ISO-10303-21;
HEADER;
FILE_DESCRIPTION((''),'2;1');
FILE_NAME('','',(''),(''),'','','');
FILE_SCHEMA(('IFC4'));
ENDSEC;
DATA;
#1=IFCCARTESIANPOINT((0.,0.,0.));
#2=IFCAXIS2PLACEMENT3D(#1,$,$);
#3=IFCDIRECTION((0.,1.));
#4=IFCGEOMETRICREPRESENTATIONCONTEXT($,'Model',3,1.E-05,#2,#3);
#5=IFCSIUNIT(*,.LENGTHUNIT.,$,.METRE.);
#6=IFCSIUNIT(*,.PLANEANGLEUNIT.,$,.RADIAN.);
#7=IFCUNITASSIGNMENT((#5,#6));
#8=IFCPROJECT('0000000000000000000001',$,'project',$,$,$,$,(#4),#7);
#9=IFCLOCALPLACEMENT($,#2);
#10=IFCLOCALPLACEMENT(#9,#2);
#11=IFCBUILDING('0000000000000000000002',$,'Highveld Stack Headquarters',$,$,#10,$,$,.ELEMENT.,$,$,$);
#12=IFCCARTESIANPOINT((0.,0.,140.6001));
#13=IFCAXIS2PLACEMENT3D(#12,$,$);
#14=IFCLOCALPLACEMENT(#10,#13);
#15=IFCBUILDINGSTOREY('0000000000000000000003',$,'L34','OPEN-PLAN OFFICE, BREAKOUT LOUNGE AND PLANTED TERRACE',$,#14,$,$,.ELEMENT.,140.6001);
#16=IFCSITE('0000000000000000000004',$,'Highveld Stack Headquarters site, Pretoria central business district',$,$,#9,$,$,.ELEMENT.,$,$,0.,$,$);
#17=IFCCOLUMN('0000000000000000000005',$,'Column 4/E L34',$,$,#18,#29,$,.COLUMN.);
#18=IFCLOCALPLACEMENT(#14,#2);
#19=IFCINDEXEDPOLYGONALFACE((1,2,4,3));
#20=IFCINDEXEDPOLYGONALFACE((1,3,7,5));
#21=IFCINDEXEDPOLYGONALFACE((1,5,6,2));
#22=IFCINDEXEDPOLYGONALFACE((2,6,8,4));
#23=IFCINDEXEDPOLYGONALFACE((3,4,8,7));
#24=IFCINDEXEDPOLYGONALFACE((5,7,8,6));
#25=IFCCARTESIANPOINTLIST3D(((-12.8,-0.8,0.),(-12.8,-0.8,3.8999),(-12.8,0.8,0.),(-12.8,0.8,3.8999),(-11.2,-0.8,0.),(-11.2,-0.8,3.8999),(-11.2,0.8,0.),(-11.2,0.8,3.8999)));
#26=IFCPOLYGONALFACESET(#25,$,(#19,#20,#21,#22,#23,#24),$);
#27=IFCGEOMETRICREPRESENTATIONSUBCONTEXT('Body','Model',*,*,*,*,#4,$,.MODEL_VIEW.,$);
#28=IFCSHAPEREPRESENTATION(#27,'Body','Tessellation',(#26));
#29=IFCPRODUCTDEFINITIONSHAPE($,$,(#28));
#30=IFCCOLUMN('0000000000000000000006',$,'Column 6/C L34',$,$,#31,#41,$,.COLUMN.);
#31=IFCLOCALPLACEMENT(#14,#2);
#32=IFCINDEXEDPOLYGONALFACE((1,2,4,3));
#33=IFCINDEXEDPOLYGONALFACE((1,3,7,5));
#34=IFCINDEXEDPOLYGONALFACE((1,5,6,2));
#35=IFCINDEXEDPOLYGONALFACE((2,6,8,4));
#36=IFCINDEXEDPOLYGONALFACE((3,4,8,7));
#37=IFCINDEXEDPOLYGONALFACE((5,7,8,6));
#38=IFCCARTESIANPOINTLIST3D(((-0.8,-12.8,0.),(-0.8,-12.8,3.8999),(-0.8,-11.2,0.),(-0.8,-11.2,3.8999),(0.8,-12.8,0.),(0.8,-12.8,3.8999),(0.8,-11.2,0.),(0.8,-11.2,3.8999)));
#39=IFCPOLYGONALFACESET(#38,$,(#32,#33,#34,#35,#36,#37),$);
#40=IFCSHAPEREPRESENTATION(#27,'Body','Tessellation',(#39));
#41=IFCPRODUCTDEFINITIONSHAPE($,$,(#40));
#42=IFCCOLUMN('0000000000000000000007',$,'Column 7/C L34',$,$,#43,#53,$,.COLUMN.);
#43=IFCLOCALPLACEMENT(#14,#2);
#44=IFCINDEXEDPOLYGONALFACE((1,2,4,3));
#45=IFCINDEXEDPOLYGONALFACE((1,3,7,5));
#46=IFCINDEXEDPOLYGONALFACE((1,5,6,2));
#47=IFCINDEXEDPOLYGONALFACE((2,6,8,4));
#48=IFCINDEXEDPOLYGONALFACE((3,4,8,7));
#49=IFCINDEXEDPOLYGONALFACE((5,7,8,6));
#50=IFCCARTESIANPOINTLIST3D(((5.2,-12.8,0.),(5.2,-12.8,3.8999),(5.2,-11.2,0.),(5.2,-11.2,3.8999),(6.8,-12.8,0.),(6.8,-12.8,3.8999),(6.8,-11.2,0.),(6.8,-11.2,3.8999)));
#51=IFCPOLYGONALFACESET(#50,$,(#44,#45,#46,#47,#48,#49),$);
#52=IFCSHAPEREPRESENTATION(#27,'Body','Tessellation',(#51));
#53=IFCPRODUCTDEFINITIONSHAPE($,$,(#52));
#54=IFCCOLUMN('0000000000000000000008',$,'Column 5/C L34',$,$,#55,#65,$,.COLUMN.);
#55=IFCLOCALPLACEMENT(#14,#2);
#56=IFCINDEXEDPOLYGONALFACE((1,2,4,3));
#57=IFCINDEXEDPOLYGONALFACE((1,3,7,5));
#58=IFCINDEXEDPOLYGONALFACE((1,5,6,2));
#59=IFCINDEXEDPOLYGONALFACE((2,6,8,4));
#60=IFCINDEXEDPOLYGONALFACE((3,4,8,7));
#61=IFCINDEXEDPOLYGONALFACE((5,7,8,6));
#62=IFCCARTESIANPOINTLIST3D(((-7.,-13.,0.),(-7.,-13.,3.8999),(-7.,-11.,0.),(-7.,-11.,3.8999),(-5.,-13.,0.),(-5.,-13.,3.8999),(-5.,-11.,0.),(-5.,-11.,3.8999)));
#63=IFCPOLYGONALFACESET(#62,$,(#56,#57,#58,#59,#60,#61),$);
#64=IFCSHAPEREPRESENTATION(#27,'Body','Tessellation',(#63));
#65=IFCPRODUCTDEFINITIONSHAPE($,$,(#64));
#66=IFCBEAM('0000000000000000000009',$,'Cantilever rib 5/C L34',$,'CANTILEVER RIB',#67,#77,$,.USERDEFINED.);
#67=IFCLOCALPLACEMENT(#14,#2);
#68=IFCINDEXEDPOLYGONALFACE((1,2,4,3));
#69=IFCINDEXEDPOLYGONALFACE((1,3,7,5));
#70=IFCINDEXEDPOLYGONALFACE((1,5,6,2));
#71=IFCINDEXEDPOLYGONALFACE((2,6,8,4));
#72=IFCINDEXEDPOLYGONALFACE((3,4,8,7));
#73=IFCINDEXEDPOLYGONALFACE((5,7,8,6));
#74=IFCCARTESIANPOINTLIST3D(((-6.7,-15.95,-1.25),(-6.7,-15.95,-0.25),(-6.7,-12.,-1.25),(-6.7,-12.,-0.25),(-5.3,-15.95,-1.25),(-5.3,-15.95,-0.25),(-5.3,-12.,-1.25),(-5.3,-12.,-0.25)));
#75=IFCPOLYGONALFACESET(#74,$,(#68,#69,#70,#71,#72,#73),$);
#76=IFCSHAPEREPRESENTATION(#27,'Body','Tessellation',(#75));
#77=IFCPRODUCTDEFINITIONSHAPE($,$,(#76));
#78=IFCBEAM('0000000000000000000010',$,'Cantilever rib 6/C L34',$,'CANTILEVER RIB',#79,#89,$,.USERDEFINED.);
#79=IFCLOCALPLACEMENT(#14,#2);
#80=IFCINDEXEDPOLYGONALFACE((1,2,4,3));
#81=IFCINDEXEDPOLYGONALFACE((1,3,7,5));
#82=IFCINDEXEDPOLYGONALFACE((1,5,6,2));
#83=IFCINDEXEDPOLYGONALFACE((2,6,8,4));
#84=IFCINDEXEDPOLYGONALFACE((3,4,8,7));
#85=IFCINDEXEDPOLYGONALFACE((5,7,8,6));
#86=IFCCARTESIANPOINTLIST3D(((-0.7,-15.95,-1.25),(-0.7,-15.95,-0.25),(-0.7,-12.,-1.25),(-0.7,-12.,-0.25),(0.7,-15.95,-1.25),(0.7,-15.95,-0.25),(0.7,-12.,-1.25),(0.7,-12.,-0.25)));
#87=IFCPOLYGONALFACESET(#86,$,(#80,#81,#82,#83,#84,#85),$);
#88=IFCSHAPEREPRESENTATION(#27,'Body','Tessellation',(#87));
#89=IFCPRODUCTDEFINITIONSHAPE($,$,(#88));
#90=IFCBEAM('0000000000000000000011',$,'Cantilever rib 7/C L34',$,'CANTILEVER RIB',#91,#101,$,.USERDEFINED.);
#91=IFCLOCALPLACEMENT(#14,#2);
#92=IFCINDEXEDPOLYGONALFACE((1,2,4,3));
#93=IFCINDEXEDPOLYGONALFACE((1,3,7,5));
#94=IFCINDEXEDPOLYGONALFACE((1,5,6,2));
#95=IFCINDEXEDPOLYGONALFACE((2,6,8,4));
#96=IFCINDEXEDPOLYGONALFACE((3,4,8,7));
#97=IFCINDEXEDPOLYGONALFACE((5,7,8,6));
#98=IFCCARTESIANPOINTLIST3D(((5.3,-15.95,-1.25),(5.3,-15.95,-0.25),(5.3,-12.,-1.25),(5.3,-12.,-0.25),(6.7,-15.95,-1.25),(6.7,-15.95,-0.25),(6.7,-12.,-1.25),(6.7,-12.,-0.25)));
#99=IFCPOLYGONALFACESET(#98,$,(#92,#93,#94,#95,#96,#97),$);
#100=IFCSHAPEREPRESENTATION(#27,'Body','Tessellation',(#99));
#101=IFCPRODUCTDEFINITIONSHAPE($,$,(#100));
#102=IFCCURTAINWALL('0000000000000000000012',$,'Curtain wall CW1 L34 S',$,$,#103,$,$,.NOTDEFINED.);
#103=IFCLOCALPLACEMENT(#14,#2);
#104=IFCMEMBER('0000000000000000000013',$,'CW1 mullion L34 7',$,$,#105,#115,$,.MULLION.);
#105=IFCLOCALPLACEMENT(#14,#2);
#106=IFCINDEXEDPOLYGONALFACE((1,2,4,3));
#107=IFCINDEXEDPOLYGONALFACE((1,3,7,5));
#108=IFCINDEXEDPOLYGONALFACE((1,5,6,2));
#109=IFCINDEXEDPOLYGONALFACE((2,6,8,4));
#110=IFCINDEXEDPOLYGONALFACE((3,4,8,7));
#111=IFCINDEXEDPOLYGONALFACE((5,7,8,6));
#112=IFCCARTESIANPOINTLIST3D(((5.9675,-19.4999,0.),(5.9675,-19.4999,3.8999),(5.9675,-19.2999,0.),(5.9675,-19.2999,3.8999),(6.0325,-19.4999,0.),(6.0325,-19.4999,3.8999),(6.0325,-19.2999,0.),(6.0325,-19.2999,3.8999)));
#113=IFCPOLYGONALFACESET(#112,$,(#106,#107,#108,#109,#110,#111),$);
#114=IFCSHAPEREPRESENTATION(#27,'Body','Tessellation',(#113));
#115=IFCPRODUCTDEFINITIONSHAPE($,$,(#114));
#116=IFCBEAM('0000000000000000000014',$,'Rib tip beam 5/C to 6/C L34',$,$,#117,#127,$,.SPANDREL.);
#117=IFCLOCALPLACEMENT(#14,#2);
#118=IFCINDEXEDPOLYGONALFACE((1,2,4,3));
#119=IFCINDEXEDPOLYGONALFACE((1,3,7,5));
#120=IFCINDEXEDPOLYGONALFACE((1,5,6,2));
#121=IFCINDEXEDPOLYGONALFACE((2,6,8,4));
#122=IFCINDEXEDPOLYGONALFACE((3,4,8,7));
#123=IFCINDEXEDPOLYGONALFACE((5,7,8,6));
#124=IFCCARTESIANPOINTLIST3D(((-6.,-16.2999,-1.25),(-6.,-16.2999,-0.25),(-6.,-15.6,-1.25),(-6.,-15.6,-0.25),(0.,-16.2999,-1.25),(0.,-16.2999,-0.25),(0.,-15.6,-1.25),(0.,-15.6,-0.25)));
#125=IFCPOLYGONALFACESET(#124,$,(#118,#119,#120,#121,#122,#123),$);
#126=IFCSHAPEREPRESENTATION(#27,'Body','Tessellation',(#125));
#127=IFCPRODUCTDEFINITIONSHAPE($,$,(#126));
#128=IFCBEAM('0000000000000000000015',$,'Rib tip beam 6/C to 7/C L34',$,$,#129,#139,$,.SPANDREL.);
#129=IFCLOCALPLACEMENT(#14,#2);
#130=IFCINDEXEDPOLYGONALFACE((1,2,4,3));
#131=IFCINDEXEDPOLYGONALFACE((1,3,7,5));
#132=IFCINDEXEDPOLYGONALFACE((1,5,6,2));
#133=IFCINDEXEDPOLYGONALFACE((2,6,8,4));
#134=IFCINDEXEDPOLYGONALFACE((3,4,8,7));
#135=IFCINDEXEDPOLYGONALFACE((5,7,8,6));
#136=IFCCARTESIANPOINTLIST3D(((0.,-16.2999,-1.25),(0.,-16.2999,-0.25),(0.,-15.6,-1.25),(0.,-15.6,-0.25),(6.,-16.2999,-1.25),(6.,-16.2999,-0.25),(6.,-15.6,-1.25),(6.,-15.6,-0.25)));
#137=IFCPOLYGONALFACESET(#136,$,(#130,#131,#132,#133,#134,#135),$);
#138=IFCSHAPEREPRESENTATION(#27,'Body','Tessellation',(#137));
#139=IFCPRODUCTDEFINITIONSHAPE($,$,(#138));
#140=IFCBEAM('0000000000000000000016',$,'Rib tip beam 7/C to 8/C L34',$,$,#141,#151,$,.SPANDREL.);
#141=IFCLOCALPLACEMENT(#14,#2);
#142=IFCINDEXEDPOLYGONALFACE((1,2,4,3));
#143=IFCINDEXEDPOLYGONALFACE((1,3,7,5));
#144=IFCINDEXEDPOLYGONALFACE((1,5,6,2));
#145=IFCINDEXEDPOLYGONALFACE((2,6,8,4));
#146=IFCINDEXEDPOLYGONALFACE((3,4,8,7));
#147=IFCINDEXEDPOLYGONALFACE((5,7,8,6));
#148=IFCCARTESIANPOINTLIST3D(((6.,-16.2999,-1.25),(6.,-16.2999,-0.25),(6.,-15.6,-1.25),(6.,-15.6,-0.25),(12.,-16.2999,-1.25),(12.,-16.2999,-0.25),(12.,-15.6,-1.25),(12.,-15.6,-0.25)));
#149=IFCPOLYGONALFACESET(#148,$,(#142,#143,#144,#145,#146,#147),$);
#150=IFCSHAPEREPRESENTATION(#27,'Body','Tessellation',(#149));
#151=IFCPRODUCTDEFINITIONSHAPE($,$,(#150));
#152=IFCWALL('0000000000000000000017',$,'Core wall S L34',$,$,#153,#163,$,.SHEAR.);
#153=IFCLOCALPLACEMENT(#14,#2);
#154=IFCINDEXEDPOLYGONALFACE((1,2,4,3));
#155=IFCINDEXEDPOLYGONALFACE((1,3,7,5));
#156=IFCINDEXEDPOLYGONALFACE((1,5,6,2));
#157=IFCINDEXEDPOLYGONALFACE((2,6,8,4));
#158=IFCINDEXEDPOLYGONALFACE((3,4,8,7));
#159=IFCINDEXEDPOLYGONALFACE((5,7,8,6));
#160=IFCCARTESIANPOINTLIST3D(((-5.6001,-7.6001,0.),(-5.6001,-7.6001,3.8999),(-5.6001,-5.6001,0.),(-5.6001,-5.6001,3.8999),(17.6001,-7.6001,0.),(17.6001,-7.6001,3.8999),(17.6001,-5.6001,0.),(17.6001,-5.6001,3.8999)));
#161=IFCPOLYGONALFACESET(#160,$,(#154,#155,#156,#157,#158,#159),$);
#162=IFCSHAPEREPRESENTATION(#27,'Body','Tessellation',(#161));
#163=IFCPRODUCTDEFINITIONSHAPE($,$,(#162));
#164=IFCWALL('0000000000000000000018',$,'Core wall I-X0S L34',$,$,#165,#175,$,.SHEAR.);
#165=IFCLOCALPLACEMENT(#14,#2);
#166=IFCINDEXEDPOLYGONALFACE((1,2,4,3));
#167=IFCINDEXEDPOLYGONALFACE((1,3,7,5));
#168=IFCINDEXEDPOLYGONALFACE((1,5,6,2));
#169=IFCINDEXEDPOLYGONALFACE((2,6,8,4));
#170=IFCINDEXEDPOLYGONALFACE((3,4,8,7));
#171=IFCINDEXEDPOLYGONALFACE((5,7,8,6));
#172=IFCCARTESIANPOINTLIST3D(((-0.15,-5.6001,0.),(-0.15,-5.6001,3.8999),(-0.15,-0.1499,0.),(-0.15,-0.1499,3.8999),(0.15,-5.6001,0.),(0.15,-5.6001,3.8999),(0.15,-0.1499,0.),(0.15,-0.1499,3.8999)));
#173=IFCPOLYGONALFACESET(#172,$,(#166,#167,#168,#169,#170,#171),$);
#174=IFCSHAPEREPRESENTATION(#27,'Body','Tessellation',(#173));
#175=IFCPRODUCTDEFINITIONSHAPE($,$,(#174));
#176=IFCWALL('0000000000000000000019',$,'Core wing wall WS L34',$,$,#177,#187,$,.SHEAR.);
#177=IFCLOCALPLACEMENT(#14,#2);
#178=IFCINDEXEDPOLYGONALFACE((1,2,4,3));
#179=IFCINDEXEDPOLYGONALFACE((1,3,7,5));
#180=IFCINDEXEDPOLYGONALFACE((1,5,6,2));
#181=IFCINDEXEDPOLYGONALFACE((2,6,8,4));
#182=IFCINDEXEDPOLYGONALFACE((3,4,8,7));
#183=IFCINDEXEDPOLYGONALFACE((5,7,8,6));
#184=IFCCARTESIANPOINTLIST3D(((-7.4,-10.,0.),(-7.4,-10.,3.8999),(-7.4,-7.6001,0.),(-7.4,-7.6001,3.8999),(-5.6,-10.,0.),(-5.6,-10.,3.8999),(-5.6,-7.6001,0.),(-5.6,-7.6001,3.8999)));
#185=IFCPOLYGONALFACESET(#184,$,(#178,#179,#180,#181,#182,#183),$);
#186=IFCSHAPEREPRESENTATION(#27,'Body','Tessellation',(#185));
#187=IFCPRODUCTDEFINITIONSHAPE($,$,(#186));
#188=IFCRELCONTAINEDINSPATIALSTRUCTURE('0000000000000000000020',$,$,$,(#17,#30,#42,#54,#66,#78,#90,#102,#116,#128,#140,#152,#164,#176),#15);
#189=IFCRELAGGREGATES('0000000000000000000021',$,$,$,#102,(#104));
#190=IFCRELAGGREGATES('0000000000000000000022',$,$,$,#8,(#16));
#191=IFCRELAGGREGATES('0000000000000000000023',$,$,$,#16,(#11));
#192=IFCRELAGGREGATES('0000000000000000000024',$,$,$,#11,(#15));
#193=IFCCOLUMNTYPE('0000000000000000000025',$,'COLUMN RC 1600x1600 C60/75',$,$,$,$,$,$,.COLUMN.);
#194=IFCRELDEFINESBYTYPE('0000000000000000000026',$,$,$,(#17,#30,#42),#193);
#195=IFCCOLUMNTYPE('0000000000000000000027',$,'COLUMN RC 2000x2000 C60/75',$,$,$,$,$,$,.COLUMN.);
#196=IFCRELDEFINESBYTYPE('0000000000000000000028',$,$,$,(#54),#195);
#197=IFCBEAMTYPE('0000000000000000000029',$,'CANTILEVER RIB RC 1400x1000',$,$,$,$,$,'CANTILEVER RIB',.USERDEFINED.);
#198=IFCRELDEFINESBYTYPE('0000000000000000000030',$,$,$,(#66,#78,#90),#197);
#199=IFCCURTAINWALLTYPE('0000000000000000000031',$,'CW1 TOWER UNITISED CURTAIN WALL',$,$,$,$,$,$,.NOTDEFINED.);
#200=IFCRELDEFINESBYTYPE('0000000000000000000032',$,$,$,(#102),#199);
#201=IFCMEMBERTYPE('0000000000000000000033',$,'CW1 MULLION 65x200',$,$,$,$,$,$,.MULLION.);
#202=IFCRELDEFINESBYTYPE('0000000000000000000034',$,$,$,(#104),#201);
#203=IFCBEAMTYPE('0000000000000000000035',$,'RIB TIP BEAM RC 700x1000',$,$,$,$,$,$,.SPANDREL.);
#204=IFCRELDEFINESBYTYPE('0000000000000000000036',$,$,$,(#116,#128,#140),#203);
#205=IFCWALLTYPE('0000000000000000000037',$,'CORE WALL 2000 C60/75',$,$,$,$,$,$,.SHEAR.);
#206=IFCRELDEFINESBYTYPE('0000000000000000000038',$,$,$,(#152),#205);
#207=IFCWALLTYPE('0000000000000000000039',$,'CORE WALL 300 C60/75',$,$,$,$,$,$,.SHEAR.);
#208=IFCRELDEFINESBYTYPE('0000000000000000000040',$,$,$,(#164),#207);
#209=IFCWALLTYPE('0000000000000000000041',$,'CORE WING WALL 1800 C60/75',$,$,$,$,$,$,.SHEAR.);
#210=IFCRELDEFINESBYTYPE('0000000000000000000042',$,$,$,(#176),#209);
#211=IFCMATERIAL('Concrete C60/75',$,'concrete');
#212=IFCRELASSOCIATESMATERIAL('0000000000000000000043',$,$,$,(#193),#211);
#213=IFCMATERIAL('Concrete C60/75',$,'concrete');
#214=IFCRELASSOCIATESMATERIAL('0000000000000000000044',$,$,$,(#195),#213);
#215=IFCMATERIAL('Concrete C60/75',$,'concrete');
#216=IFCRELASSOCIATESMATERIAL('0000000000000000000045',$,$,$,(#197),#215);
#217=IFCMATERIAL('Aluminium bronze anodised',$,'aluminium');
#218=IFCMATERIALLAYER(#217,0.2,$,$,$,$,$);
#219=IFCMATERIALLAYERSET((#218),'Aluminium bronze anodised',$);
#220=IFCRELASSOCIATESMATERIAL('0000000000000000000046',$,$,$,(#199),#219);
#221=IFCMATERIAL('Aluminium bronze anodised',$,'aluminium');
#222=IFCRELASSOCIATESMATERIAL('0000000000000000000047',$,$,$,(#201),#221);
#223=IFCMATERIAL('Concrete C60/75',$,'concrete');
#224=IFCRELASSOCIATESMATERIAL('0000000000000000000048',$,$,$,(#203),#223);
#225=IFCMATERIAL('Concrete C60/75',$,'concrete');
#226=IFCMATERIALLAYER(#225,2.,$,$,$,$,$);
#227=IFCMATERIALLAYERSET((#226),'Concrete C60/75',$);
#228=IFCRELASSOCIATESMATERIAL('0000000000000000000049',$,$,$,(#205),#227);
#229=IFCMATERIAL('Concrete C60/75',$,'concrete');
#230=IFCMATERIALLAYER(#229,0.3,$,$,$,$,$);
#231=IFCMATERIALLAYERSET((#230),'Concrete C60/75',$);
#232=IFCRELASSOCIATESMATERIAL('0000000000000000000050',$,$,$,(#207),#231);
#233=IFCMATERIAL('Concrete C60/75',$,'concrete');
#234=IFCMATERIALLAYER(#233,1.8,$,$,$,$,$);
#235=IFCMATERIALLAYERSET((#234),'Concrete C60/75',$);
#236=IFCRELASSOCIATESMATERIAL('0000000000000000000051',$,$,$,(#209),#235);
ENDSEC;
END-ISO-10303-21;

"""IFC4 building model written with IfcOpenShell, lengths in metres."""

from ifc_helpers import new_model, si_unit, direction, frame, frame_2d, origin, origin_2d, place, context, subcontext, project, spatial, rectangle, extrude, material, layer, layer_set, material_profile, profile_set, type_object, element, aggregate, save


model = new_model("IFC4")

# Units and contexts
model_context = context("Model", 3, precision=1e-05, world=origin(), true_north=direction((0.0, 1.0)))
body_context = subcontext(model_context, "Body", "Model", "MODEL_VIEW")
ifc_project = project(units=[si_unit("LENGTHUNIT", "METRE"), si_unit("PLANEANGLEUNIT", "RADIAN")], contexts=[model_context])

# Site, building, storey
site_placement = place(None, origin())
site = spatial("IfcSite", under=ifc_project, at=site_placement, Name="Highveld Stack Headquarters site, Pretoria central business district", CompositionType="ELEMENT", RefElevation=0.0)
building_placement = place(site_placement, origin())
building = spatial("IfcBuilding", under=site, at=building_placement, Name="Highveld Stack Headquarters", CompositionType="ELEMENT")
storey_placement = place(building_placement, frame((0.0, 0.0, 140.6001)))
storey = spatial("IfcBuildingStorey", under=building, at=storey_placement, Name="L34", Description="OPEN-PLAN OFFICE, BREAKOUT LOUNGE AND PLANTED TERRACE", CompositionType="ELEMENT", Elevation=140.6001)

# Columns
ifc_material_1 = material(Name="Concrete C60/75", Category="concrete")
ifc_material_profile_1 = material_profile(ifc_material_1, rectangle(XDim=1.6001, YDim=1.6001, at=origin_2d()), Name="RC 1600x1600")
ifc_profile_set_1 = profile_set([ifc_material_profile_1], Name="Concrete C60/75")
column_type_1 = type_object("IfcColumnType", Name="COLUMN RC 1600x1600 C60/75", PredefinedType="COLUMN", material=ifc_profile_set_1)
for number, where, z_axis, x_axis, name in (
    (1, (-12.0, 0.0, 0.0), (0.0, 0.0, 1.0), (1.0, 0.0, 0.0), "Column 4/E L34"),
    (2, (0.0, -12.0, 0.0), (0.0, 0.0, 1.0), (1.0, 0.0, 0.0), "Column 6/C L34"),
    (3, (6.0, -12.0, 0.0), (0.0, 0.0, 1.0), (1.0, 0.0, 0.0), "Column 7/C L34"),
):
    element("IfcColumn", number, at=place(storey_placement, frame(where, z_axis=z_axis, x_axis=x_axis)), inside=storey, type_object=column_type_1, Name=name, PredefinedType="COLUMN", context=body_context, shape_type="SweptSolid", body=[
        extrude(rectangle(XDim=1.6001, YDim=1.6001, at=origin_2d()), origin(), (0.0, 0.0, 1.0), 3.8999),
    ])
ifc_material_2 = material(Name="Concrete C60/75", Category="concrete")
ifc_material_profile_2 = material_profile(ifc_material_2, rectangle(XDim=2.0, YDim=2.0, at=origin_2d()), Name="RC 2000x2000")
ifc_profile_set_2 = profile_set([ifc_material_profile_2], Name="Concrete C60/75")
column_type_2 = type_object("IfcColumnType", Name="COLUMN RC 2000x2000 C60/75", PredefinedType="COLUMN", material=ifc_profile_set_2)
column_placement = place(storey_placement, frame((-6.0, -12.0, 0.0), z_axis=(0.0, 0.0, 1.0), x_axis=(1.0, 0.0, 0.0)))
element("IfcColumn", 4, at=column_placement, inside=storey, type_object=column_type_2, Name="Column 5/C L34", PredefinedType="COLUMN", context=body_context, shape_type="SweptSolid", body=[
    extrude(rectangle(XDim=2.0, YDim=2.0, at=origin_2d()), origin(), (0.0, 0.0, 1.0), 3.8999),
])

# Beams
ifc_material_3 = material(Name="Concrete C60/75", Category="concrete")
ifc_material_profile_3 = material_profile(ifc_material_3, rectangle(XDim=1.3999, YDim=1.0, at=origin_2d()), Name="RC 1400x1000")
ifc_profile_set_3 = profile_set([ifc_material_profile_3], Name="Concrete C60/75")
beam_type_1 = type_object("IfcBeamType", Name="CANTILEVER RIB RC 1400x1000", ElementType="CANTILEVER RIB", PredefinedType="USERDEFINED", material=ifc_profile_set_3)
for number, where, z_axis, x_axis, name in (
    (5, (-6.0, -12.0, -0.75), (0.0, -1.0, 0.0), (1.0, 0.0, 0.0), "Cantilever rib 5/C L34"),
    (6, (0.0, -12.0, -0.75), (0.0, -1.0, 0.0), (1.0, 0.0, 0.0), "Cantilever rib 6/C L34"),
    (7, (6.0, -12.0, -0.75), (0.0, -1.0, 0.0), (1.0, 0.0, 0.0), "Cantilever rib 7/C L34"),
):
    element("IfcBeam", number, at=place(storey_placement, frame(where, z_axis=z_axis, x_axis=x_axis)), inside=storey, type_object=beam_type_1, Name=name, ObjectType="CANTILEVER RIB", PredefinedType="USERDEFINED", context=body_context, shape_type="SweptSolid", body=[
        extrude(rectangle(XDim=1.3999, YDim=1.0, at=origin_2d()), origin(), (0.0, 0.0, 1.0), 3.95),
    ])

# Curtain wall, member
ifc_material_4 = material(Name="Aluminium bronze anodised", Category="aluminium")
ifc_layer_1 = layer(ifc_material_4, 0.2)
ifc_layer_set_1 = layer_set([ifc_layer_1], Name="Aluminium bronze anodised")
curtain_wall_type = type_object("IfcCurtainWallType", Name="CW1 TOWER UNITISED CURTAIN WALL", PredefinedType="NOTDEFINED", material=ifc_layer_set_1)
curtain_wall_placement = place(storey_placement, origin())
curtain_wall = element("IfcCurtainWall", 8, at=curtain_wall_placement, inside=storey, type_object=curtain_wall_type, Name="Curtain wall CW1 L34 S", PredefinedType="NOTDEFINED")
ifc_material_5 = material(Name="Aluminium bronze anodised", Category="aluminium")
ifc_material_profile_4 = material_profile(ifc_material_5, rectangle(XDim=0.2, YDim=0.0649, at=origin_2d()), Name="CW1 MULLION 65x200")
ifc_profile_set_4 = profile_set([ifc_material_profile_4], Name="Aluminium bronze anodised")
member_type = type_object("IfcMemberType", Name="CW1 MULLION 65x200", PredefinedType="MULLION", material=ifc_profile_set_4)
member_placement = place(storey_placement, frame((6.0, -19.3999, 0.0), z_axis=(0.0, 0.0, 1.0), x_axis=(0.0, 1.0, 0.0)))
member = element("IfcMember", 9, at=member_placement, type_object=member_type, Name="CW1 mullion L34 7", PredefinedType="MULLION", context=body_context, shape_type="SweptSolid", body=[
    extrude(rectangle(XDim=0.2, YDim=0.0649, at=origin_2d()), origin(), (0.0, 0.0, 1.0), 3.8999),
])
aggregate(curtain_wall, [member])

# Beams
ifc_material_6 = material(Name="Concrete C60/75", Category="concrete")
ifc_material_profile_5 = material_profile(ifc_material_6, rectangle(XDim=0.7, YDim=1.0, at=origin_2d()), Name="RC 700x1000")
ifc_profile_set_5 = profile_set([ifc_material_profile_5], Name="Concrete C60/75")
beam_type_2 = type_object("IfcBeamType", Name="RIB TIP BEAM RC 700x1000", PredefinedType="SPANDREL", material=ifc_profile_set_5)
for number, where, z_axis, x_axis, name in (
    (10, (-6.0, -15.95, -0.75), (1.0, 0.0, 0.0), (0.0, 1.0, 0.0), "Rib tip beam 5/C to 6/C L34"),
    (11, (0.0, -15.95, -0.75), (1.0, 0.0, 0.0), (0.0, 1.0, 0.0), "Rib tip beam 6/C to 7/C L34"),
    (12, (6.0, -15.95, -0.75), (1.0, 0.0, 0.0), (0.0, 1.0, 0.0), "Rib tip beam 7/C to 8/C L34"),
):
    element("IfcBeam", number, at=place(storey_placement, frame(where, z_axis=z_axis, x_axis=x_axis)), inside=storey, type_object=beam_type_2, Name=name, PredefinedType="SPANDREL", context=body_context, shape_type="SweptSolid", body=[
        extrude(rectangle(XDim=0.7, YDim=1.0, at=origin_2d()), origin(), (0.0, 0.0, 1.0), 6.0),
    ])

# Walls
ifc_material_7 = material(Name="Concrete C60/75", Category="concrete")
ifc_layer_2 = layer(ifc_material_7, 2.0)
ifc_layer_set_2 = layer_set([ifc_layer_2], Name="Concrete C60/75")
wall_type_1 = type_object("IfcWallType", Name="CORE WALL 2000 C60/75", PredefinedType="SHEAR", material=ifc_layer_set_2)
wall_1_placement = place(storey_placement, frame((-5.6001, -6.6001, 0.0), z_axis=(0.0, 0.0, 1.0), x_axis=(1.0, 0.0, 0.0)))
element("IfcWall", 13, at=wall_1_placement, inside=storey, type_object=wall_type_1, Name="Core wall S L34", PredefinedType="SHEAR", context=body_context, shape_type="SweptSolid", body=[
    extrude(rectangle(XDim=23.2002, YDim=2.0, at=frame_2d((11.6001, 0.0))), origin(), (0.0, 0.0, 1.0), 3.8999),
])
ifc_material_8 = material(Name="Concrete C60/75", Category="concrete")
ifc_layer_3 = layer(ifc_material_8, 0.3)
ifc_layer_set_3 = layer_set([ifc_layer_3], Name="Concrete C60/75")
wall_type_2 = type_object("IfcWallType", Name="CORE WALL 300 C60/75", PredefinedType="SHEAR", material=ifc_layer_set_3)
wall_2_placement = place(storey_placement, frame((0.0, -5.6001, 0.0), z_axis=(0.0, 0.0, 1.0), x_axis=(0.0, 1.0, 0.0)))
element("IfcWall", 14, at=wall_2_placement, inside=storey, type_object=wall_type_2, Name="Core wall I-X0S L34", PredefinedType="SHEAR", context=body_context, shape_type="SweptSolid", body=[
    extrude(rectangle(XDim=5.4502, YDim=0.3, at=frame_2d((2.7251, 0.0))), origin(), (0.0, 0.0, 1.0), 3.8999),
])
ifc_material_9 = material(Name="Concrete C60/75", Category="concrete")
ifc_layer_4 = layer(ifc_material_9, 1.8)
ifc_layer_set_4 = layer_set([ifc_layer_4], Name="Concrete C60/75")
wall_type_3 = type_object("IfcWallType", Name="CORE WING WALL 1800 C60/75", PredefinedType="SHEAR", material=ifc_layer_set_4)
wall_3_placement = place(storey_placement, frame((-6.5, -10.0, 0.0), z_axis=(0.0, 0.0, 1.0), x_axis=(0.0, 1.0, 0.0)))
element("IfcWall", 15, at=wall_3_placement, inside=storey, type_object=wall_type_3, Name="Core wing wall WS L34", PredefinedType="SHEAR", context=body_context, shape_type="SweptSolid", body=[
    extrude(rectangle(XDim=2.3999, YDim=1.8, at=frame_2d((1.2, 0.0))), origin(), (0.0, 0.0, 1.0), 3.8999),
])

save(model, "model.ifc")
